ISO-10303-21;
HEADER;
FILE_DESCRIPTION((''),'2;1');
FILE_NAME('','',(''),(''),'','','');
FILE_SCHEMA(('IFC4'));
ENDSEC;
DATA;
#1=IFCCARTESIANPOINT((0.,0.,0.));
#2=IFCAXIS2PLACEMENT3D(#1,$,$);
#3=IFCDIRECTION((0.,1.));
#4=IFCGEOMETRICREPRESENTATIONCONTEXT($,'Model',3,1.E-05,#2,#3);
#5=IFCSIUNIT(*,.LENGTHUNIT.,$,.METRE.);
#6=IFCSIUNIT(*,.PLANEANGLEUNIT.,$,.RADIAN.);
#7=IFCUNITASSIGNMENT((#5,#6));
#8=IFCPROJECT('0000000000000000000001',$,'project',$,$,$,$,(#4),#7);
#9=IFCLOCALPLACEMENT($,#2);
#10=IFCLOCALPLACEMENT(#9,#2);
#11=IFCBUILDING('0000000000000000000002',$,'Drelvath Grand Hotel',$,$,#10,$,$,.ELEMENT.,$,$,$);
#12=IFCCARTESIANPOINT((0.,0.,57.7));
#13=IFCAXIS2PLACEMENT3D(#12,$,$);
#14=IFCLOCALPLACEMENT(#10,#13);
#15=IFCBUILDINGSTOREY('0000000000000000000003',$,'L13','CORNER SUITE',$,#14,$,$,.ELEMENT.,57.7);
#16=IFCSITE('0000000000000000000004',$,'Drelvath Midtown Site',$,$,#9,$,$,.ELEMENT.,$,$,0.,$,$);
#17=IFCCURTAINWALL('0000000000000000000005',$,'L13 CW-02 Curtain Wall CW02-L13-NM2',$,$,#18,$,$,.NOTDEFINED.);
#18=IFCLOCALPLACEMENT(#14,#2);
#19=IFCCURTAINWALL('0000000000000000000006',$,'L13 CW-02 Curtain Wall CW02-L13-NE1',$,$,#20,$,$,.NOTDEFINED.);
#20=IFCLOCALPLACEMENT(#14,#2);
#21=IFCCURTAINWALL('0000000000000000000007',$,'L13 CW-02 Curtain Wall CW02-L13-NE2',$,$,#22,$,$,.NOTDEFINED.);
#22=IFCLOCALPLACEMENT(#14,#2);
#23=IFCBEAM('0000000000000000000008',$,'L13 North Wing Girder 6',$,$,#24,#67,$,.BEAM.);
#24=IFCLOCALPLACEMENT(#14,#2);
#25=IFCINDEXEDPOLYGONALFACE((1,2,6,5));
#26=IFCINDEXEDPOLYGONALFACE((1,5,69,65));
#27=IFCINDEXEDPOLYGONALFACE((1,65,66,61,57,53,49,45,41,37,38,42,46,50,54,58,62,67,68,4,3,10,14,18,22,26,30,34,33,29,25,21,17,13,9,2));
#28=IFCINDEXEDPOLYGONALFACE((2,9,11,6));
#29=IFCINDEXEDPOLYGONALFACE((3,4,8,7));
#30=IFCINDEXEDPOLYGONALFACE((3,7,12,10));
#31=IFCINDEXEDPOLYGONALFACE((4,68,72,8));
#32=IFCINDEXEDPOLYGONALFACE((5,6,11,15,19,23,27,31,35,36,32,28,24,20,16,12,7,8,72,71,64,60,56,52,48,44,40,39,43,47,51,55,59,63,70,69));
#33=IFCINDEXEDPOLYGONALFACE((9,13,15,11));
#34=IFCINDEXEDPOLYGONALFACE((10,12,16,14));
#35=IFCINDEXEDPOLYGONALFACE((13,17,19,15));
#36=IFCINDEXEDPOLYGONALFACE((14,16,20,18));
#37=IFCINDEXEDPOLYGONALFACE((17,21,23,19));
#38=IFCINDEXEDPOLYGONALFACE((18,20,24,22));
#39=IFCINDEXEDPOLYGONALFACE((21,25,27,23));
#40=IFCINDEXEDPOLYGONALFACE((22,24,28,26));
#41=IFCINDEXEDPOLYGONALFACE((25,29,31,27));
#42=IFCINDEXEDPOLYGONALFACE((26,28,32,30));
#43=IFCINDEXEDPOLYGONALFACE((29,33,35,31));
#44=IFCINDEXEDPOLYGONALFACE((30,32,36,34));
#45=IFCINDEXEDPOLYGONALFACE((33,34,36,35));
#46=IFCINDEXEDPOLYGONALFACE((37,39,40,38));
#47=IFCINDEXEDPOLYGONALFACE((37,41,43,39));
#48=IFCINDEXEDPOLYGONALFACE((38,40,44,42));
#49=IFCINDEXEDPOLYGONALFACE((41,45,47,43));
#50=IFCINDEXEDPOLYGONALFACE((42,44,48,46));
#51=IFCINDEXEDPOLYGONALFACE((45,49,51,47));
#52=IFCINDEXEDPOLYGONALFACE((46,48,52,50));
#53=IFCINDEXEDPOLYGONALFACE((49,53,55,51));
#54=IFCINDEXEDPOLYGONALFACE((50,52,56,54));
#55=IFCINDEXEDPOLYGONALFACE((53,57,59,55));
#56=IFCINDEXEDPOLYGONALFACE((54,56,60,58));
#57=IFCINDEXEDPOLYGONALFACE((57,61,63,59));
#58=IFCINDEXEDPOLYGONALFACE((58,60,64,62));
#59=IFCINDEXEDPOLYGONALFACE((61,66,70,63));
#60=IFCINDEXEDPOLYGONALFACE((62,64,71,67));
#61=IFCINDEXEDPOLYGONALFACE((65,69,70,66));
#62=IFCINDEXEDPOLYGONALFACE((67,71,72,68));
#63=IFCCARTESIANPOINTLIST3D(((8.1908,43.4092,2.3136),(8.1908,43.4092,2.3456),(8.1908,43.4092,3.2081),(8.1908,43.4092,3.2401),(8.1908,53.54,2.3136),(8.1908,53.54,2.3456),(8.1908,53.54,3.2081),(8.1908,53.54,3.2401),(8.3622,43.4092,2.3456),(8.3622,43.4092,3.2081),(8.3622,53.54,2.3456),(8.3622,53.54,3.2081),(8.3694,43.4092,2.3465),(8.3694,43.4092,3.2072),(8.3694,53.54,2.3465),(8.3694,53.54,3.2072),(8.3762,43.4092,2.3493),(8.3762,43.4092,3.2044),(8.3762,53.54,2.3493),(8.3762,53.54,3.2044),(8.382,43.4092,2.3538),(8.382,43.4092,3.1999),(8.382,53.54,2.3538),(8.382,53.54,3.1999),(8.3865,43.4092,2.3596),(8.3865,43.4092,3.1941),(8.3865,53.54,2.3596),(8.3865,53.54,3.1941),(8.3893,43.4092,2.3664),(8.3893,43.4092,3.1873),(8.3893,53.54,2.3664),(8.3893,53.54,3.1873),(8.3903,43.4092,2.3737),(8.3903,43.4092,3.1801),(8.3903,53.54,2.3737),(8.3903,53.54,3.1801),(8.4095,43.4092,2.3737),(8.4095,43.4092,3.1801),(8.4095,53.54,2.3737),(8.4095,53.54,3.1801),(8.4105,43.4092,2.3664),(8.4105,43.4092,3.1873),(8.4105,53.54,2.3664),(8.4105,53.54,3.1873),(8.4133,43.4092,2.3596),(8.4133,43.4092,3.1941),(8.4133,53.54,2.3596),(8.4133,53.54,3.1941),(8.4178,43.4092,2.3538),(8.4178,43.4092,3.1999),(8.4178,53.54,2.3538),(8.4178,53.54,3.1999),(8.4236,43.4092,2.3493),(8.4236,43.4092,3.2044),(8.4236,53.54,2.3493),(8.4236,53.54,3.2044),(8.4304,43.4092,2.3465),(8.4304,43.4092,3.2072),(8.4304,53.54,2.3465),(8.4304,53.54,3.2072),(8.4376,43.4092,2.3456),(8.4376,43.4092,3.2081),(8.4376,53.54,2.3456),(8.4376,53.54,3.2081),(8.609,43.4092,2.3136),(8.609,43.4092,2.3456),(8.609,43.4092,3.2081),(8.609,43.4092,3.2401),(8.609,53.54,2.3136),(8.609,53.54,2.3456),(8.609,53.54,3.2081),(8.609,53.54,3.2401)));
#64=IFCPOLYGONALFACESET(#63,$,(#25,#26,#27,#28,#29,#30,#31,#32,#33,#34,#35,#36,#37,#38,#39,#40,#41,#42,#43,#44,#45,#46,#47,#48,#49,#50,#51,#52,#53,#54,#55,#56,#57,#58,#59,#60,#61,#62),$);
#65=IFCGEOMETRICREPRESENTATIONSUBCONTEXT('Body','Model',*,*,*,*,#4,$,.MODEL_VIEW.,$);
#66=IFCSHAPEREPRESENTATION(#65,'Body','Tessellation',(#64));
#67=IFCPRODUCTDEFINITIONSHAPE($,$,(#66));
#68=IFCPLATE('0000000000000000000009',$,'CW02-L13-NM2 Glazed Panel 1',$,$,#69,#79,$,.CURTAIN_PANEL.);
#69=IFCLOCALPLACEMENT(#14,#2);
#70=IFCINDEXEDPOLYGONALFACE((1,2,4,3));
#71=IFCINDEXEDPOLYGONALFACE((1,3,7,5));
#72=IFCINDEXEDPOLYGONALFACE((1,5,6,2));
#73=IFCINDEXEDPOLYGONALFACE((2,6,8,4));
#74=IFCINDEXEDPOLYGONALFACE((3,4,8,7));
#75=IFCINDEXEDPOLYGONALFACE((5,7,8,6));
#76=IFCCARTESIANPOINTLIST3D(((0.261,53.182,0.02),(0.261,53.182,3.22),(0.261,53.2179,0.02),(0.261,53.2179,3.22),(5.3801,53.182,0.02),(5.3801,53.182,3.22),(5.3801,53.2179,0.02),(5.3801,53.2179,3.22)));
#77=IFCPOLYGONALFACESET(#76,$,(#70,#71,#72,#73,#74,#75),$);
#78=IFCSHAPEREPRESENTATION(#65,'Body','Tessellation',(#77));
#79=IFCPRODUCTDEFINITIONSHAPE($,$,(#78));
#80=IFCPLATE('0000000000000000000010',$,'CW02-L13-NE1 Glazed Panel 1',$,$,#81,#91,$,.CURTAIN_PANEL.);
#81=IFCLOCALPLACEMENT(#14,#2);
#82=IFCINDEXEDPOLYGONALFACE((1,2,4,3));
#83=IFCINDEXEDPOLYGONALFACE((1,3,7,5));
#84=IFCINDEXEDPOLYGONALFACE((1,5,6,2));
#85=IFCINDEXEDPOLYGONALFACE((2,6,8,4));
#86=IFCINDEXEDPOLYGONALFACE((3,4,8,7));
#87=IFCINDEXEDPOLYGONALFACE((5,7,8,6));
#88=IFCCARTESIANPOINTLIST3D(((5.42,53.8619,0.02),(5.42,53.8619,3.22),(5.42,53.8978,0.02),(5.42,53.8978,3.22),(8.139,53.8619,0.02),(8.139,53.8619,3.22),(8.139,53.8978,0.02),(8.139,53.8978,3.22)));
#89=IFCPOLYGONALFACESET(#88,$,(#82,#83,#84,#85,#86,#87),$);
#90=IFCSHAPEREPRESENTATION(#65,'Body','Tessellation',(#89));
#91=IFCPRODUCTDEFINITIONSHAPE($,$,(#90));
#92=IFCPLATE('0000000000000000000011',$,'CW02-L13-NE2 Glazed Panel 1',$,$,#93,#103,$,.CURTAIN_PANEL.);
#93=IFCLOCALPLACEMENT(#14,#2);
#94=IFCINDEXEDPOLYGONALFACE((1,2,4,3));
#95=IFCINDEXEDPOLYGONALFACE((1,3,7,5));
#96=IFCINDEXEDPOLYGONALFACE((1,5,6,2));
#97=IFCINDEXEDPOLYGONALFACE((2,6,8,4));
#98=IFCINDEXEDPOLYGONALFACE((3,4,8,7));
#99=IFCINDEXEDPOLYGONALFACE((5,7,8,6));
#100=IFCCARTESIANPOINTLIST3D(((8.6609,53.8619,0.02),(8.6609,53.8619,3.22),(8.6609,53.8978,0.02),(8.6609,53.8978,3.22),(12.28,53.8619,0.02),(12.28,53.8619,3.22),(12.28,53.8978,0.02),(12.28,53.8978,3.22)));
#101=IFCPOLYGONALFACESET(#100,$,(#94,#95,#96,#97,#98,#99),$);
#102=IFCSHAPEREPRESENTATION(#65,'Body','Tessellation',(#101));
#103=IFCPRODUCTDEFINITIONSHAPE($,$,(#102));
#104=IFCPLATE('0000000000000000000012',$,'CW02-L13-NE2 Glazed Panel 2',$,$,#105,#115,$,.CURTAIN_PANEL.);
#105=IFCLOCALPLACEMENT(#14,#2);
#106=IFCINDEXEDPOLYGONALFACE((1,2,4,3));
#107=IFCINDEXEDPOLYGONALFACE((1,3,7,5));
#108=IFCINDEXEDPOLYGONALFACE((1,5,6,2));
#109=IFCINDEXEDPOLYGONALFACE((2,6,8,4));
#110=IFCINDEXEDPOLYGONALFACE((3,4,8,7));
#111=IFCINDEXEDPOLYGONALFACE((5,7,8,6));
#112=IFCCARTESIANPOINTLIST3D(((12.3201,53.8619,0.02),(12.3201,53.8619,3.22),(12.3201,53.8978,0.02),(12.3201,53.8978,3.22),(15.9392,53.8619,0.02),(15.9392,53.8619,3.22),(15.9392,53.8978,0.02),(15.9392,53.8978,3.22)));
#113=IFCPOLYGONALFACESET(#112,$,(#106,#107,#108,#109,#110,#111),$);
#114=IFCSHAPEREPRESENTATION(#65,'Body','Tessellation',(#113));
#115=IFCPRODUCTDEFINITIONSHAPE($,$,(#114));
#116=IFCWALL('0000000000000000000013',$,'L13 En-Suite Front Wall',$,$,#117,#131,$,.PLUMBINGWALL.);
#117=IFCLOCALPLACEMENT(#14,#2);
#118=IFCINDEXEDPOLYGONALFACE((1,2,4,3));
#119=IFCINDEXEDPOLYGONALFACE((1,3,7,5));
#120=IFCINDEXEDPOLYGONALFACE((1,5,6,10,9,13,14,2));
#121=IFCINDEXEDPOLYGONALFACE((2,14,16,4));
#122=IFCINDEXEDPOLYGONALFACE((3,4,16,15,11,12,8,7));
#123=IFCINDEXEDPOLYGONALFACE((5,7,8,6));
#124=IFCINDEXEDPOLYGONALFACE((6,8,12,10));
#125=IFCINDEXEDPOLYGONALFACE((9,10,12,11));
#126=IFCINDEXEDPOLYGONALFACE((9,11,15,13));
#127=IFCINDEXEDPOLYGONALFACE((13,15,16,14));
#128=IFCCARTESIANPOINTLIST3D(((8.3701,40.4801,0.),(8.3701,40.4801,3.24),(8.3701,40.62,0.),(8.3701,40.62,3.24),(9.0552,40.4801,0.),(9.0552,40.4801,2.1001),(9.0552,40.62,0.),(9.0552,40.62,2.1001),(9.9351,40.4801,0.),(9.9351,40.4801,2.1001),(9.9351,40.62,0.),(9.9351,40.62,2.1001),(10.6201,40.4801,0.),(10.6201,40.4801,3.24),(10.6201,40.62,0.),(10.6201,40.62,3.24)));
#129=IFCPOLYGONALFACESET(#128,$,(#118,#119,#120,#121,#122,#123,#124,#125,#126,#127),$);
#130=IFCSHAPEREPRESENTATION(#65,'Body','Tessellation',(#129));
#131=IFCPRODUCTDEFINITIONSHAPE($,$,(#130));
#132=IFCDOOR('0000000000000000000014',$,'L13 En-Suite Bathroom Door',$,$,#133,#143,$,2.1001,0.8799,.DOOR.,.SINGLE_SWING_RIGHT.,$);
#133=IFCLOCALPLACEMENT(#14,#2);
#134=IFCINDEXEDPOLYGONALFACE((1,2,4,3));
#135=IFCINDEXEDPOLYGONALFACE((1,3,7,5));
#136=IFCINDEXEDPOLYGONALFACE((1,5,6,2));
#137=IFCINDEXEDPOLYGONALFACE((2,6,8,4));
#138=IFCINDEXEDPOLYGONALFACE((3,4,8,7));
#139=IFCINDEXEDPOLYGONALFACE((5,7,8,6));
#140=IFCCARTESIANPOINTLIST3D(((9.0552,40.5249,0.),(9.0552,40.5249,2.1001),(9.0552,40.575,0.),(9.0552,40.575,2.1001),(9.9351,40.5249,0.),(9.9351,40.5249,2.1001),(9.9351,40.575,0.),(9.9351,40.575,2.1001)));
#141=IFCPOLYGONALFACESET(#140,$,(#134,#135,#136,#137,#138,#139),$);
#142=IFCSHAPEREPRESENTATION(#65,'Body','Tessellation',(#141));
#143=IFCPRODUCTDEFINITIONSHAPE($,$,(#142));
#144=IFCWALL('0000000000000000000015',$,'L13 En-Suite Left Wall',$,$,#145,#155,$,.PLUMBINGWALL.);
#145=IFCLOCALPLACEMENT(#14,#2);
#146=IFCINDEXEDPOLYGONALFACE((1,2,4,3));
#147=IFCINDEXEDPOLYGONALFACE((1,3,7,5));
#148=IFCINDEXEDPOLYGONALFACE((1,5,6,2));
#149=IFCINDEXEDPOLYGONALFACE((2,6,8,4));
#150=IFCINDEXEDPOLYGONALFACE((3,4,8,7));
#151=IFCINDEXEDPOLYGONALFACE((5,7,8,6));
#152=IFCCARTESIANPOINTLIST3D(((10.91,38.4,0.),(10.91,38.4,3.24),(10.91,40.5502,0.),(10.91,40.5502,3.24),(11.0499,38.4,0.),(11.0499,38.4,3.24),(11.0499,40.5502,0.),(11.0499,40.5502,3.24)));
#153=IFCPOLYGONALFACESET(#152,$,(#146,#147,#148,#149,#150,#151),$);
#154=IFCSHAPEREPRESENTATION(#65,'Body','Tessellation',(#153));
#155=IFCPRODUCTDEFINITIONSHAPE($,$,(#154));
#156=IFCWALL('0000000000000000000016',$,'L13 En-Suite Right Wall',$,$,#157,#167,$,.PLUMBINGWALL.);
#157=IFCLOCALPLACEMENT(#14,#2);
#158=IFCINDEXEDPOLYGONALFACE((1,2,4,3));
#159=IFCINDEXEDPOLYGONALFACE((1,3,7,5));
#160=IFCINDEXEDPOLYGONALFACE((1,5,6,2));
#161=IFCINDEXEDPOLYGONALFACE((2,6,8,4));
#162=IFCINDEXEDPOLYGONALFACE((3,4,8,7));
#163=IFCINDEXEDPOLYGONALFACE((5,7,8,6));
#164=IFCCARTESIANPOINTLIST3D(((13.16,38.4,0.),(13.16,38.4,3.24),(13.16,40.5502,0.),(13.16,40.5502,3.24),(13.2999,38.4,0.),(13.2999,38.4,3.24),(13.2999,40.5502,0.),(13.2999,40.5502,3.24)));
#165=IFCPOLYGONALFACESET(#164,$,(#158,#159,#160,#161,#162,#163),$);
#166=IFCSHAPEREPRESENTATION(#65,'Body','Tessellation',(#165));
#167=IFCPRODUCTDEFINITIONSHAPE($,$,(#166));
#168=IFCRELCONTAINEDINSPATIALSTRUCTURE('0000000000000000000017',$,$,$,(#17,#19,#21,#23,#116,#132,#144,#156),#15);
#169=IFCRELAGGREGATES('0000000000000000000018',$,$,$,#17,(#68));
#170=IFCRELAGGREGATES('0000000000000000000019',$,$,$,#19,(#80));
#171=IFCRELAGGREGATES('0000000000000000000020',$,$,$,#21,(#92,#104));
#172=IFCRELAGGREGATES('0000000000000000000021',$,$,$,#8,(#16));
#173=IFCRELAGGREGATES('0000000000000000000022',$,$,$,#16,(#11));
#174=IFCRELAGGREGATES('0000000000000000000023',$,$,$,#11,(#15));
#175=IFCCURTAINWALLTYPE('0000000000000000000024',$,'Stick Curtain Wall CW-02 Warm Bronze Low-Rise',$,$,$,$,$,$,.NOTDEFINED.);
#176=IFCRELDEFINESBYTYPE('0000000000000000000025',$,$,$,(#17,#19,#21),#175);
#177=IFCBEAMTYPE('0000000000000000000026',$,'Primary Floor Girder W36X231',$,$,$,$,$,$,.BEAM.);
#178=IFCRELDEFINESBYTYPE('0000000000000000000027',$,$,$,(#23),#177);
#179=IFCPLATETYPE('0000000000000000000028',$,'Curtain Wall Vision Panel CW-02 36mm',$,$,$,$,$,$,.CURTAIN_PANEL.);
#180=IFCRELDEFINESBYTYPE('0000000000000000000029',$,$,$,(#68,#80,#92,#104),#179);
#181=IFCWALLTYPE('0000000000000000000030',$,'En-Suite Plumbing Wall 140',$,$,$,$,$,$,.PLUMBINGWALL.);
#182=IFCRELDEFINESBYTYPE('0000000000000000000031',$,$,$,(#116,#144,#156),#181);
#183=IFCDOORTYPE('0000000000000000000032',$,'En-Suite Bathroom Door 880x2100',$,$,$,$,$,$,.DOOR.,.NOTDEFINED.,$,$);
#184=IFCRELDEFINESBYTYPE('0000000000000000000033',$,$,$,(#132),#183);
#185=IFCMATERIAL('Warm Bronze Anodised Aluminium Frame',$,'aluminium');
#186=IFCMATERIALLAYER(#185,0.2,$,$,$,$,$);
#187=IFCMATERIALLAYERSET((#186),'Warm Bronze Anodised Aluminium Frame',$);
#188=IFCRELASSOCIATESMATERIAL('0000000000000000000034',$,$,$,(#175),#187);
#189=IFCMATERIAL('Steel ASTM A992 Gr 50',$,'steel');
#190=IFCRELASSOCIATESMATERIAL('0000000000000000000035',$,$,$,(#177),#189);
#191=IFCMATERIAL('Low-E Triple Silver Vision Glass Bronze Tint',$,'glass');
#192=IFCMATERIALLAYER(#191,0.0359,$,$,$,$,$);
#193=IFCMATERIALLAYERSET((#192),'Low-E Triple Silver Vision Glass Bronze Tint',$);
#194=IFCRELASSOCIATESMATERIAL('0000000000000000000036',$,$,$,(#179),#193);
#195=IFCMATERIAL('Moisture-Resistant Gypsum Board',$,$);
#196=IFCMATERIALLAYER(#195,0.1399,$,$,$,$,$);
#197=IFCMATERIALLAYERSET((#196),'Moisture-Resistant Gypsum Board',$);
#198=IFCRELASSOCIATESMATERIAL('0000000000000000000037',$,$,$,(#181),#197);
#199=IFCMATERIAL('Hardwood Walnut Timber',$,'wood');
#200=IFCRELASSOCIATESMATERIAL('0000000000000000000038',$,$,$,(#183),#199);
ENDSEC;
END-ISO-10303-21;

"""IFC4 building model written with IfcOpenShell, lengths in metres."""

from ifc_helpers import new_model, si_unit, direction, frame, frame_2d, origin, origin_2d, place, context, subcontext, project, spatial, rectangle, i_section, extrude, material, layer, layer_set, material_profile, profile_set, type_object, element, fill, aggregate, save


model = new_model("IFC4")

# Units and contexts
model_context = context("Model", 3, precision=1e-05, world=origin(), true_north=direction((0.0, 1.0)))
body_context = subcontext(model_context, "Body", "Model", "MODEL_VIEW")
ifc_project = project(units=[si_unit("LENGTHUNIT", "METRE"), si_unit("PLANEANGLEUNIT", "RADIAN")], contexts=[model_context])

# Site, building, storey
site_placement = place(None, origin())
site = spatial("IfcSite", under=ifc_project, at=site_placement, Name="Drelvath Midtown Site", CompositionType="ELEMENT", RefElevation=0.0)
building_placement = place(site_placement, origin())
building = spatial("IfcBuilding", under=site, at=building_placement, Name="Drelvath Grand Hotel", CompositionType="ELEMENT")
storey_placement = place(building_placement, frame((0.0, 0.0, 57.7)))
storey = spatial("IfcBuildingStorey", under=building, at=storey_placement, Name="L13", Description="CORNER SUITE", CompositionType="ELEMENT", Elevation=57.7)

# Curtain walls
ifc_material_1 = material(Name="Warm Bronze Anodised Aluminium Frame", Category="aluminium")
ifc_layer_1 = layer(ifc_material_1, 0.2)
ifc_layer_set_1 = layer_set([ifc_layer_1], Name="Warm Bronze Anodised Aluminium Frame")
curtain_wall_type = type_object("IfcCurtainWallType", Name="Stick Curtain Wall CW-02 Warm Bronze Low-Rise", PredefinedType="NOTDEFINED", material=ifc_layer_set_1)
curtain_wall_1_placement = place(storey_placement, origin())
curtain_wall_1 = element("IfcCurtainWall", 1, at=curtain_wall_1_placement, inside=storey, type_object=curtain_wall_type, Name="L13 CW-02 Curtain Wall CW02-L13-NM2", PredefinedType="NOTDEFINED")
curtain_wall_2_placement = place(storey_placement, origin())
curtain_wall_2 = element("IfcCurtainWall", 2, at=curtain_wall_2_placement, inside=storey, type_object=curtain_wall_type, Name="L13 CW-02 Curtain Wall CW02-L13-NE1", PredefinedType="NOTDEFINED")
curtain_wall_3_placement = place(storey_placement, origin())
curtain_wall_3 = element("IfcCurtainWall", 3, at=curtain_wall_3_placement, inside=storey, type_object=curtain_wall_type, Name="L13 CW-02 Curtain Wall CW02-L13-NE2", PredefinedType="NOTDEFINED")

# Beam
ifc_material_2 = material(Name="Steel ASTM A992 Gr 50", Category="steel")
ifc_material_profile_1 = material_profile(ifc_material_2, i_section(OverallWidth=0.4182, OverallDepth=0.9265, WebThickness=0.0193, FlangeThickness=0.032, FilletRadius=0.0281, at=origin_2d()), Name="W36X231")
ifc_profile_set_1 = profile_set([ifc_material_profile_1], Name="Steel ASTM A992 Gr 50")
beam_type_1 = type_object("IfcBeamType", Name="Primary Floor Girder W36X231", PredefinedType="BEAM", material=ifc_profile_set_1)
beam_1_placement = place(storey_placement, frame((8.3999, 43.4092, 2.7769), z_axis=(0.0, 1.0, 0.0), x_axis=(-1.0, 0.0, 0.0)))
element("IfcBeam", 4, at=beam_1_placement, inside=storey, type_object=beam_type_1, Name="L13 North Wing Girder 6", PredefinedType="BEAM", context=body_context, shape_type="SweptSolid", body=[
    extrude(i_section(OverallWidth=0.4182, OverallDepth=0.9265, WebThickness=0.0193, FlangeThickness=0.032, FilletRadius=0.0281, at=origin_2d()), origin(), (0.0, 0.0, 1.0), 10.1309),
])

# Plates
ifc_material_3 = material(Name="Low-E Triple Silver Vision Glass Bronze Tint", Category="glass")
ifc_layer_2 = layer(ifc_material_3, 0.0359)
ifc_layer_set_2 = layer_set([ifc_layer_2], Name="Low-E Triple Silver Vision Glass Bronze Tint")
plate_type = type_object("IfcPlateType", Name="Curtain Wall Vision Panel CW-02 36mm", PredefinedType="CURTAIN_PANEL", material=ifc_layer_set_2)
plate_1_placement = place(storey_placement, frame((2.8206, 53.2, 0.02), z_axis=(0.0, 0.0, 1.0), x_axis=(1.0, 0.0, 0.0)))
plate_1 = element("IfcPlate", 5, at=plate_1_placement, type_object=plate_type, Name="CW02-L13-NM2 Glazed Panel 1", PredefinedType="CURTAIN_PANEL", context=body_context, shape_type="SweptSolid", body=[
    extrude(rectangle(XDim=5.1191, YDim=0.0359, at=origin_2d()), origin(), (0.0, 0.0, 1.0), 3.2),
])
aggregate(curtain_wall_1, [plate_1])
plate_2_placement = place(storey_placement, frame((6.7795, 53.8799, 0.02), z_axis=(0.0, 0.0, 1.0), x_axis=(1.0, 0.0, 0.0)))
plate_2 = element("IfcPlate", 6, at=plate_2_placement, type_object=plate_type, Name="CW02-L13-NE1 Glazed Panel 1", PredefinedType="CURTAIN_PANEL", context=body_context, shape_type="SweptSolid", body=[
    extrude(rectangle(XDim=2.719, YDim=0.0359, at=origin_2d()), origin(), (0.0, 0.0, 1.0), 3.2),
])
aggregate(curtain_wall_2, [plate_2])
plate_3_placement = place(storey_placement, frame((10.4705, 53.8799, 0.02), z_axis=(0.0, 0.0, 1.0), x_axis=(1.0, 0.0, 0.0)))
plate_3 = element("IfcPlate", 7, at=plate_3_placement, type_object=plate_type, Name="CW02-L13-NE2 Glazed Panel 1", PredefinedType="CURTAIN_PANEL", context=body_context, shape_type="SweptSolid", body=[
    extrude(rectangle(XDim=3.6191, YDim=0.0359, at=origin_2d()), origin(), (0.0, 0.0, 1.0), 3.2),
])
plate_4_placement = place(storey_placement, frame((14.1296, 53.8799, 0.02), z_axis=(0.0, 0.0, 1.0), x_axis=(1.0, 0.0, 0.0)))
plate_4 = element("IfcPlate", 8, at=plate_4_placement, type_object=plate_type, Name="CW02-L13-NE2 Glazed Panel 2", PredefinedType="CURTAIN_PANEL", context=body_context, shape_type="SweptSolid", body=[
    extrude(rectangle(XDim=3.6191, YDim=0.0359, at=origin_2d()), origin(), (0.0, 0.0, 1.0), 3.2),
])
aggregate(curtain_wall_3, [plate_3, plate_4])

# Wall, opening, door
ifc_material_4 = material(Name="Moisture-Resistant Gypsum Board")
ifc_layer_3 = layer(ifc_material_4, 0.1399)
ifc_layer_set_3 = layer_set([ifc_layer_3], Name="Moisture-Resistant Gypsum Board")
wall_type_1 = type_object("IfcWallType", Name="En-Suite Plumbing Wall 140", PredefinedType="PLUMBINGWALL", material=ifc_layer_set_3)
wall_1_placement = place(storey_placement, frame((8.3701, 40.55, 0.0), z_axis=(0.0, 0.0, 1.0), x_axis=(1.0, 0.0, 0.0)))
wall_1 = element("IfcWall", 9, at=wall_1_placement, inside=storey, type_object=wall_type_1, Name="L13 En-Suite Front Wall", PredefinedType="PLUMBINGWALL", context=body_context, shape_type="SweptSolid", body=[
    extrude(rectangle(XDim=2.25, YDim=0.1399, at=frame_2d((1.125, 0.0))), origin(), (0.0, 0.0, 1.0), 3.24),
])
opening_1_placement = place(wall_1_placement, frame((0.6851, 0.0, 0.0)))
opening_1 = element("IfcOpeningElement", 10, at=opening_1_placement, cuts=wall_1, PredefinedType="OPENING", context=body_context, shape_type="SweptSolid", body=[
    extrude(rectangle(XDim=0.8799, YDim=2.1001, at=frame_2d((0.4399, 1.05))), frame((0.0, 0.0798, 0.0), z_axis=(0.0, -1.0, 0.0), x_axis=(1.0, 0.0, 0.0)), (0.0, 0.0, 1.0), 0.1599),
])
ifc_material_5 = material(Name="Hardwood Walnut Timber", Category="wood")
door_type = type_object("IfcDoorType", Name="En-Suite Bathroom Door 880x2100", OperationType="NOTDEFINED", PredefinedType="DOOR", material=ifc_material_5)
door_1_placement = place(opening_1_placement, origin())
door_1 = element("IfcDoor", 11, at=door_1_placement, inside=storey, type_object=door_type, Name="L13 En-Suite Bathroom Door", OperationType="SINGLE_SWING_RIGHT", OverallHeight=2.1001, OverallWidth=0.8799, PredefinedType="DOOR", context=body_context, shape_type="SweptSolid", body=[
    extrude(rectangle(XDim=0.8799, YDim=2.1001, at=frame_2d((0.4399, 1.05))), frame((0.0, 0.0249, 0.0), z_axis=(0.0, -1.0, 0.0), x_axis=(1.0, 0.0, 0.0)), (0.0, 0.0, 1.0), 0.05),
])
fill(opening_1, door_1)

# Walls
for number, where, z_axis, x_axis, name in (
    (12, (10.98, 38.3999, 0.0), (0.0, 0.0, 1.0), (0.0, 1.0, 0.0), "L13 En-Suite Left Wall"),
    (13, (13.23, 38.3999, 0.0), (0.0, 0.0, 1.0), (0.0, 1.0, 0.0), "L13 En-Suite Right Wall"),
):
    element("IfcWall", number, at=place(storey_placement, frame(where, z_axis=z_axis, x_axis=x_axis)), inside=storey, type_object=wall_type_1, Name=name, PredefinedType="PLUMBINGWALL", context=body_context, shape_type="SweptSolid", body=[
        extrude(rectangle(XDim=2.1501, YDim=0.1399, at=frame_2d((1.0752, 0.0))), origin(), (0.0, 0.0, 1.0), 3.24),
    ])

save(model, "model.ifc")
